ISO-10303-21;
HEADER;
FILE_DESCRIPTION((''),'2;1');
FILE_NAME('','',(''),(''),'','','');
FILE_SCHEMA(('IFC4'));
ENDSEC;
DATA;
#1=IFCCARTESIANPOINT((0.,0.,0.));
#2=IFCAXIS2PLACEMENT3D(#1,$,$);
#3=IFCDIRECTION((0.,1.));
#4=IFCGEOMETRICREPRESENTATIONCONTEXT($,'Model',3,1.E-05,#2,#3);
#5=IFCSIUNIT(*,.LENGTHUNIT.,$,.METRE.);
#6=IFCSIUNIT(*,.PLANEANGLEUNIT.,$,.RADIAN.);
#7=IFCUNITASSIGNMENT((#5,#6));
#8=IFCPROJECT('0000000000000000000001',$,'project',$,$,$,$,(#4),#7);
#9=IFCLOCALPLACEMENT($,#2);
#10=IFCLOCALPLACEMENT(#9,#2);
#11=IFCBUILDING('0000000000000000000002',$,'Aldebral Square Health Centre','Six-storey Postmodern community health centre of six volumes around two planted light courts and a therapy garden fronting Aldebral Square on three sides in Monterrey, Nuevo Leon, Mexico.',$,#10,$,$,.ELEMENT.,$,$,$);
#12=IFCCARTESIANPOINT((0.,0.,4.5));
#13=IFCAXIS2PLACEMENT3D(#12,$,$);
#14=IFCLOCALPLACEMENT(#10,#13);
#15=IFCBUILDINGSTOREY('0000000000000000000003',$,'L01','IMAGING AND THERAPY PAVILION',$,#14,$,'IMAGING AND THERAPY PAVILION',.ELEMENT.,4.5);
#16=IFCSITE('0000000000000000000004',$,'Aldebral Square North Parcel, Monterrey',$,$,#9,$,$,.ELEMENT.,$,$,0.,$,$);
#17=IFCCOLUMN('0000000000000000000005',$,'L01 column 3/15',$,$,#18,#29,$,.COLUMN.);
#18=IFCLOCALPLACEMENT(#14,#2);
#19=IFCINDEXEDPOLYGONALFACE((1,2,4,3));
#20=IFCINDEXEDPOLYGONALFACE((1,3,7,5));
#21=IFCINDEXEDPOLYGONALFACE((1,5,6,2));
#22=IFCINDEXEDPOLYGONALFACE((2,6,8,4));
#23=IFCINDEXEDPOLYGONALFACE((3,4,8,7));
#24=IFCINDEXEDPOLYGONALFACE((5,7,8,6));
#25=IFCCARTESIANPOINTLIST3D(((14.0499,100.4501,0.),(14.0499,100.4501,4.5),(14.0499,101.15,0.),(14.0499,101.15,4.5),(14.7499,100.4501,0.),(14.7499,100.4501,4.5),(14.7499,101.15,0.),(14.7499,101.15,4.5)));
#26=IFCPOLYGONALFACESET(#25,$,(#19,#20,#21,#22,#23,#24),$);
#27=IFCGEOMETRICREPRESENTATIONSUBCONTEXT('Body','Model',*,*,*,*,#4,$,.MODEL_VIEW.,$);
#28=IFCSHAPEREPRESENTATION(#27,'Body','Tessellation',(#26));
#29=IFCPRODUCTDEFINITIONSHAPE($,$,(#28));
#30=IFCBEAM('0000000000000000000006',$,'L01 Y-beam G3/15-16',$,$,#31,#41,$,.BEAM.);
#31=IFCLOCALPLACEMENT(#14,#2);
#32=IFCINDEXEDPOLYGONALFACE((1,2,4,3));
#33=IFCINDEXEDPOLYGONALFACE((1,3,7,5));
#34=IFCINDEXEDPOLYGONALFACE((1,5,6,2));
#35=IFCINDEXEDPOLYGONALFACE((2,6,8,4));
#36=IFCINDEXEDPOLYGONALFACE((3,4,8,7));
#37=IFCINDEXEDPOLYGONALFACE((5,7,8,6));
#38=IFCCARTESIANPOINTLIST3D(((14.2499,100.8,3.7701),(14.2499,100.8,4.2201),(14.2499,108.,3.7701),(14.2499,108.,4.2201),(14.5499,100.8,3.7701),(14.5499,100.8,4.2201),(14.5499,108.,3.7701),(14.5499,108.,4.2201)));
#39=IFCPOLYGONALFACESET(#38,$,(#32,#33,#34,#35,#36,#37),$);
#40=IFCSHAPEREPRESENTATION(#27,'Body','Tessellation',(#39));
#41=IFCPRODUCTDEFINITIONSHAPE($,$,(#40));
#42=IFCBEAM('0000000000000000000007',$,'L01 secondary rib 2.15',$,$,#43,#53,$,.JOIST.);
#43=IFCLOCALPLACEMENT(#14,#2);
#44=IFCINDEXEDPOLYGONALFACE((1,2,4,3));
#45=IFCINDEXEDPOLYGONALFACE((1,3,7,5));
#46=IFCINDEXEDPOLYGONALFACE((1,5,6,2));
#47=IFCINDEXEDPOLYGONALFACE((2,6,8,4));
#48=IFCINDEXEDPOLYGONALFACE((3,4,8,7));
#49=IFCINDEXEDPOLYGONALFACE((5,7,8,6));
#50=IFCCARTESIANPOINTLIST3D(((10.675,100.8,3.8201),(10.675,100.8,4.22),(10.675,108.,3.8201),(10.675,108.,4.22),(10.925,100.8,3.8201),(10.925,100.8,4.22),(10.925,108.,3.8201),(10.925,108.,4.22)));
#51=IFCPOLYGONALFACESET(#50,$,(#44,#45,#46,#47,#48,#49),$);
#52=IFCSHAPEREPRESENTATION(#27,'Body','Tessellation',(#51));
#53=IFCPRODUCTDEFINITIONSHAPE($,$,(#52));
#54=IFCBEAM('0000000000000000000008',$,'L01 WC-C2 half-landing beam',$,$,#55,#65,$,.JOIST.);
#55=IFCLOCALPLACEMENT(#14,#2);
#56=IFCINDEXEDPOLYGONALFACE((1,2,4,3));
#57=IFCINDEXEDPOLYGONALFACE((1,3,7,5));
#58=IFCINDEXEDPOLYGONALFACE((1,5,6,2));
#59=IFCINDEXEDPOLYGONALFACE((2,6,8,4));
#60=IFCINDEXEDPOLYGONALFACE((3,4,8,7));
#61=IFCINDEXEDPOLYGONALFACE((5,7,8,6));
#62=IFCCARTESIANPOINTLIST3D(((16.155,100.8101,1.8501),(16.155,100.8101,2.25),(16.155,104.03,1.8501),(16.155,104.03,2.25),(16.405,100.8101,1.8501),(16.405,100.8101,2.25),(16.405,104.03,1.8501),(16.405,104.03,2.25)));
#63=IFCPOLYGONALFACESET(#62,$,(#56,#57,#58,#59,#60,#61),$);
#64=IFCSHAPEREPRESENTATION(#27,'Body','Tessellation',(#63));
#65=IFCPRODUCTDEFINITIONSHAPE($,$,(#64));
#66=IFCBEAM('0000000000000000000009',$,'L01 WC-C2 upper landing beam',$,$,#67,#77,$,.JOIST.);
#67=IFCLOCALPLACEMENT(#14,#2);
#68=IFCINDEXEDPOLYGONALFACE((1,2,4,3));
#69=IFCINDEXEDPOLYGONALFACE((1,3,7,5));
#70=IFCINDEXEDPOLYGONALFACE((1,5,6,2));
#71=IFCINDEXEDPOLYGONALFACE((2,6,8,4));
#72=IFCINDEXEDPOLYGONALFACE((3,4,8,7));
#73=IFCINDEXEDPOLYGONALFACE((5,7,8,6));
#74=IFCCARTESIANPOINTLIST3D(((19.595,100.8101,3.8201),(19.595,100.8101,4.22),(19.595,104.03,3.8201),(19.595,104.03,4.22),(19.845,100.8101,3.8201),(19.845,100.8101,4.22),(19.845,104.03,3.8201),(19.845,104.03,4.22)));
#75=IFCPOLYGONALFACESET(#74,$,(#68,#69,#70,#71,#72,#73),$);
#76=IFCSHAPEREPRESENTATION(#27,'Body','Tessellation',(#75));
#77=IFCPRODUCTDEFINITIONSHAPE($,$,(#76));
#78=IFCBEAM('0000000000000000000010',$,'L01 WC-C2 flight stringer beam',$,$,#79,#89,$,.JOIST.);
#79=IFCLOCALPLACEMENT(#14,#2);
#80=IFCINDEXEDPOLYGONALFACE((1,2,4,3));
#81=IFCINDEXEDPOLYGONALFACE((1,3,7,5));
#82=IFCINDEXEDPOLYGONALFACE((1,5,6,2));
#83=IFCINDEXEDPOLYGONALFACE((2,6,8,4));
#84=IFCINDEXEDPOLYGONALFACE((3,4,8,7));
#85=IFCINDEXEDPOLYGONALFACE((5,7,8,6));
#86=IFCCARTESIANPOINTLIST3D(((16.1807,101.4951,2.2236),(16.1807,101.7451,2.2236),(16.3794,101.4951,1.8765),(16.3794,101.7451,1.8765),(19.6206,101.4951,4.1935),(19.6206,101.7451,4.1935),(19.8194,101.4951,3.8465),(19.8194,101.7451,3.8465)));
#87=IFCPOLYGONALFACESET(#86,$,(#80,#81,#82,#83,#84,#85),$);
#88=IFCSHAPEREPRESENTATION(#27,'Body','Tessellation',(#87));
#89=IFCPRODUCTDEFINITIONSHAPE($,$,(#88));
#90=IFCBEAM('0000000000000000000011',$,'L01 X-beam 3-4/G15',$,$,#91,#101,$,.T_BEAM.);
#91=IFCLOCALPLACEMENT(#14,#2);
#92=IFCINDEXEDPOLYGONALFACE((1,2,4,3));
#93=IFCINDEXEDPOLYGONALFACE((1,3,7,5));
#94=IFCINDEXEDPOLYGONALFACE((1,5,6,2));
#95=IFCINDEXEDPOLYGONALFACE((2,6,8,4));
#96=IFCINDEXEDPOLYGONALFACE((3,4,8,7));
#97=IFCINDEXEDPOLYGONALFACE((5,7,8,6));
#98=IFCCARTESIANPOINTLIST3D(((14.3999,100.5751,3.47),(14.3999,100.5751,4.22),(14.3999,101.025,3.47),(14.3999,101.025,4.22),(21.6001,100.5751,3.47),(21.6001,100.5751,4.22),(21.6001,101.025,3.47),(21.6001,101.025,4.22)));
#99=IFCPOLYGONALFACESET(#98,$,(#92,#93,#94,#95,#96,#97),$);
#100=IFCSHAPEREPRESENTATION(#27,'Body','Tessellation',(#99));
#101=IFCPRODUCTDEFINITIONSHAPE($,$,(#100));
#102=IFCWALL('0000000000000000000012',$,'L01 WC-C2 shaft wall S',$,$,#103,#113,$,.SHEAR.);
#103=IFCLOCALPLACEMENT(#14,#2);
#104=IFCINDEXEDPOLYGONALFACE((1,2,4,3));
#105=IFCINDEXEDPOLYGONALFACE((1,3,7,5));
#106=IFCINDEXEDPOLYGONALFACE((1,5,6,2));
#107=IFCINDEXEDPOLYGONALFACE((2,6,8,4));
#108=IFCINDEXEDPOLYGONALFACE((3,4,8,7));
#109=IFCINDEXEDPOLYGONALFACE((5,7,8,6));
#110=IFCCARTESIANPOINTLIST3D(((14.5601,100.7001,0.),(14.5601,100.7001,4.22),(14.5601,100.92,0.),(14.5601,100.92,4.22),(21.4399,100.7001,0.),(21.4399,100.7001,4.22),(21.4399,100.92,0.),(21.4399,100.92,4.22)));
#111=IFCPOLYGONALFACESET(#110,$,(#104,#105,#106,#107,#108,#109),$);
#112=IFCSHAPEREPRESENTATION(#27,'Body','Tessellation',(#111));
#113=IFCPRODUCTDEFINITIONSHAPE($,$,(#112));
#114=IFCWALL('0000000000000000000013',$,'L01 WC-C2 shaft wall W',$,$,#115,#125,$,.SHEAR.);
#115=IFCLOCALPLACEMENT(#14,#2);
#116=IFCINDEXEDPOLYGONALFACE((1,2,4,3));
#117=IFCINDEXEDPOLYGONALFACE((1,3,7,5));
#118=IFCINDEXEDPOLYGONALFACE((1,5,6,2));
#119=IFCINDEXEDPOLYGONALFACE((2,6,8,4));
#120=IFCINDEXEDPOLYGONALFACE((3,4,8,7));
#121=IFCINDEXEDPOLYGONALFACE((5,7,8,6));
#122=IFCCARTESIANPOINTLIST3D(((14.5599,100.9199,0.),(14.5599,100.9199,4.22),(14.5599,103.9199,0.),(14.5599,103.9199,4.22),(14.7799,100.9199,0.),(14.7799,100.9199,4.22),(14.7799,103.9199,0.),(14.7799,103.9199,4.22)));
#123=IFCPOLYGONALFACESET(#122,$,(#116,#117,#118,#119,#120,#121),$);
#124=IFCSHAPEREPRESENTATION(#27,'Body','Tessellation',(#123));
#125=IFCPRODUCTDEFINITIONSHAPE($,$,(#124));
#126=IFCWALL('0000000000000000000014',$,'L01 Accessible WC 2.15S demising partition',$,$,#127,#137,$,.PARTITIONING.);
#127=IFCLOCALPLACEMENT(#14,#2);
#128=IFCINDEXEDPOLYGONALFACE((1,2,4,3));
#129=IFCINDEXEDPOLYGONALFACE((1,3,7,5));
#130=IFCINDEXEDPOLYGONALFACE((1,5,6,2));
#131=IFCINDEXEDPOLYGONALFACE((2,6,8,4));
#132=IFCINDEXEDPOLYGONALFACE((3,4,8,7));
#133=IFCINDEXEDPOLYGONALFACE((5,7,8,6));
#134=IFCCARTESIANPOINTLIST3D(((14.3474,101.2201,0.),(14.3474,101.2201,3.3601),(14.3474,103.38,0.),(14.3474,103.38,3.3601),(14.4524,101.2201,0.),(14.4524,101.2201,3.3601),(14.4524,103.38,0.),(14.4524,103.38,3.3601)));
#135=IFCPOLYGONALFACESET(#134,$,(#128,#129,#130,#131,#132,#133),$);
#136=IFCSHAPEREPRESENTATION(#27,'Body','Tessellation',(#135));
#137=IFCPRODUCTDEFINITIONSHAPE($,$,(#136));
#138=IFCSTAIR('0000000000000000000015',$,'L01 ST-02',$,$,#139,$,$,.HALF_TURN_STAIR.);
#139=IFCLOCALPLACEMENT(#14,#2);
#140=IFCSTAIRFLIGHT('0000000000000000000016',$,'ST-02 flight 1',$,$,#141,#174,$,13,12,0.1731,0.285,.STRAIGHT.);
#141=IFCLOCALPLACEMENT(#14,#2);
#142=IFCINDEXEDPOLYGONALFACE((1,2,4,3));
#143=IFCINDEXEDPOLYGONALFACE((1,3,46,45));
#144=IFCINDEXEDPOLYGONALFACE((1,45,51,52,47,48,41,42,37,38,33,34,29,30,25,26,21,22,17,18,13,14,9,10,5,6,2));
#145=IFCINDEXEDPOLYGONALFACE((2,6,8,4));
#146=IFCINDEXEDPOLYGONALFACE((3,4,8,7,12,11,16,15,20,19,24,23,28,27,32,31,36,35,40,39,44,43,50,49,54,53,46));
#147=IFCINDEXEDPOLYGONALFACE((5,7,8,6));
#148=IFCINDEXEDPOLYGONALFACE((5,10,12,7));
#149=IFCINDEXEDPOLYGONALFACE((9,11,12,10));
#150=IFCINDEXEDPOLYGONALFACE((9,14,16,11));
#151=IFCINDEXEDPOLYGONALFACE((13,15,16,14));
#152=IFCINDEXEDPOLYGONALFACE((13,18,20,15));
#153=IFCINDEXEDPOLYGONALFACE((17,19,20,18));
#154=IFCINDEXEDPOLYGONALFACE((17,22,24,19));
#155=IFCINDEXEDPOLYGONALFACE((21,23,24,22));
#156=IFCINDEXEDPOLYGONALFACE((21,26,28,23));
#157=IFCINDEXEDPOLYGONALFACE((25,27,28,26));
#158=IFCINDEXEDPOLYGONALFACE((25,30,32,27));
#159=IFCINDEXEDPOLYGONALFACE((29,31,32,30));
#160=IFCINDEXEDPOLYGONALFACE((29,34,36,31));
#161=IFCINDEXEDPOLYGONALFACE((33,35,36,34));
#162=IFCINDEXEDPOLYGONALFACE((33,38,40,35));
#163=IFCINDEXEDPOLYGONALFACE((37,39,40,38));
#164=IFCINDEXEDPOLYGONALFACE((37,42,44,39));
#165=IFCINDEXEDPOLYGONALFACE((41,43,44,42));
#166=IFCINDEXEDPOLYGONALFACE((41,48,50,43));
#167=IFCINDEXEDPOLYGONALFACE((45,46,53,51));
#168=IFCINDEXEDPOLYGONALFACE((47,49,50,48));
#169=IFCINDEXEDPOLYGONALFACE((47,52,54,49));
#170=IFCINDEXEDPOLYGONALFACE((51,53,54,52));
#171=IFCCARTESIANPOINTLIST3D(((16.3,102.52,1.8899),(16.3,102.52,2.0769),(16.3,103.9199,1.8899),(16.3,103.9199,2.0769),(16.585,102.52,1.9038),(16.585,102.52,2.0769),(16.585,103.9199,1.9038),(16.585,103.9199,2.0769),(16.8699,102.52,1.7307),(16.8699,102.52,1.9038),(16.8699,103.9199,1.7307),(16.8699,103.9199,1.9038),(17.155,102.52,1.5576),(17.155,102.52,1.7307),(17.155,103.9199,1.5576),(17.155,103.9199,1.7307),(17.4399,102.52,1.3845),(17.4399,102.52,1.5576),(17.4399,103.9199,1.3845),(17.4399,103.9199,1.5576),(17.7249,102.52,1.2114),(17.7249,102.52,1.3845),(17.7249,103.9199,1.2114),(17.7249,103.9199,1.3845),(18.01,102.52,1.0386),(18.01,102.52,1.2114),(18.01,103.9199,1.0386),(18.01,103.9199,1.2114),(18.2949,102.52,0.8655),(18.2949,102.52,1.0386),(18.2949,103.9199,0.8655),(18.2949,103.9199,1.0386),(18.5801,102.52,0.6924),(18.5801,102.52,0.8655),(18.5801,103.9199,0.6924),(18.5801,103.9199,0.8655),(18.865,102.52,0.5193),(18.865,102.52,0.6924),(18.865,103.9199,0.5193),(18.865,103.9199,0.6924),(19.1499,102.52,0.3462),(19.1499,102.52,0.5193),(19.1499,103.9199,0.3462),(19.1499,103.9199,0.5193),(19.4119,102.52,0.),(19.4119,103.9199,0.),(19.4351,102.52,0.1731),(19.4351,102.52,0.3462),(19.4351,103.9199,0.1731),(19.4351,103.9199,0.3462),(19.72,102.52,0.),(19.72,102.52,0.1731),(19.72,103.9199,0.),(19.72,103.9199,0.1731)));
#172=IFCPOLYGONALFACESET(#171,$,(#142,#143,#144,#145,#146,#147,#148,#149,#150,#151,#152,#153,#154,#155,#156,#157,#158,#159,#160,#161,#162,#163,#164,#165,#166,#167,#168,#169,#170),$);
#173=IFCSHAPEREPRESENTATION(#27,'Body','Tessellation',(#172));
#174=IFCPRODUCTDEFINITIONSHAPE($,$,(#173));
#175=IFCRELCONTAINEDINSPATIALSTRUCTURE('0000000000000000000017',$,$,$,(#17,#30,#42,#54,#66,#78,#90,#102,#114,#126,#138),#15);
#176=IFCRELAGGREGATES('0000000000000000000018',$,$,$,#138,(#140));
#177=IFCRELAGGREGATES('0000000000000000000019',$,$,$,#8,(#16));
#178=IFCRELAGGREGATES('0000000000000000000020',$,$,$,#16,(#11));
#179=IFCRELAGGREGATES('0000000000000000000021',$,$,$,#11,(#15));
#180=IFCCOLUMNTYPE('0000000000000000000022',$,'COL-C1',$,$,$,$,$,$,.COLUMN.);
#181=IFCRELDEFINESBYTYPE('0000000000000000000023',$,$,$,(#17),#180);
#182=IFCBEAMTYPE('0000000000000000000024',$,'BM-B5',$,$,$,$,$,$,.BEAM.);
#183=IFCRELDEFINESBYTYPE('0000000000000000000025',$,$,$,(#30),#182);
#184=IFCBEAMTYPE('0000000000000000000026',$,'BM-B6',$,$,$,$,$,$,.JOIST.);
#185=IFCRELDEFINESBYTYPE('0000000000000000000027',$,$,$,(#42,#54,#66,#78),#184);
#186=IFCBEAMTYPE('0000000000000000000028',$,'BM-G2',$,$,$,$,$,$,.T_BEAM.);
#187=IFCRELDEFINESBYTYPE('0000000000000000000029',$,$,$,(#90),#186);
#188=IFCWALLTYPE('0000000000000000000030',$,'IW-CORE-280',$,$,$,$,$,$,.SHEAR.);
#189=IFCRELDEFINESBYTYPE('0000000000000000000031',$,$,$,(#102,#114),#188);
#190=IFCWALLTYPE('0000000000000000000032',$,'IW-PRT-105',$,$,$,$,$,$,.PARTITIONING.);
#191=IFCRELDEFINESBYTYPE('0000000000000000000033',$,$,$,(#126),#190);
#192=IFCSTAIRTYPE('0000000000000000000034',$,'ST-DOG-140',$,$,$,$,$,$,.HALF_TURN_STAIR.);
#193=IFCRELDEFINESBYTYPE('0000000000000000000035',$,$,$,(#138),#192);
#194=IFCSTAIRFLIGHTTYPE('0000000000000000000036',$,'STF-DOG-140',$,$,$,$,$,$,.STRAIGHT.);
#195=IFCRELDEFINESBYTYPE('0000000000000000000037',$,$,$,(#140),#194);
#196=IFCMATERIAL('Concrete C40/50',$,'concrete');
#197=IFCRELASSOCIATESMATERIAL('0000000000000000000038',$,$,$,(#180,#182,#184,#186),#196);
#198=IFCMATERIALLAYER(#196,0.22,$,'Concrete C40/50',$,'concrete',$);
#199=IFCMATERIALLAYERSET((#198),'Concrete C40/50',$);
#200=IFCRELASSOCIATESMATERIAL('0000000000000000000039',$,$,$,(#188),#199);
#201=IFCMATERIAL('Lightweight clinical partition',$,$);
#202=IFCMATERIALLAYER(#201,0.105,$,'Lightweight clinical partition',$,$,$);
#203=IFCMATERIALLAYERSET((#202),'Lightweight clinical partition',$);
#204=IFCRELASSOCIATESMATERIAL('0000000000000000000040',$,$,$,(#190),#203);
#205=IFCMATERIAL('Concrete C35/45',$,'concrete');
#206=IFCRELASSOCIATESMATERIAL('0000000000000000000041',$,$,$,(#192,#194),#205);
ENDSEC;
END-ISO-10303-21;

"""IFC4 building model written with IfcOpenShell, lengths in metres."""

from ifc_helpers import new_model, si_unit, direction, frame, frame_2d, origin, origin_2d, place, context, subcontext, project, spatial, polyline, rectangle, outline, extrude, material, layer, layer_set, material_profile, profile_set, type_object, element, aggregate, save


model = new_model("IFC4")

# Units and contexts
model_context = context("Model", 3, precision=1e-05, world=origin(), true_north=direction((0.0, 1.0)))
body_context = subcontext(model_context, "Body", "Model", "MODEL_VIEW")
ifc_project = project(units=[si_unit("LENGTHUNIT", "METRE"), si_unit("PLANEANGLEUNIT", "RADIAN")], contexts=[model_context])

# Site, building, storey
site_placement = place(None, origin())
site = spatial("IfcSite", under=ifc_project, at=site_placement, Name="Aldebral Square North Parcel, Monterrey", CompositionType="ELEMENT", RefElevation=0.0)
building_placement = place(site_placement, origin())
building = spatial("IfcBuilding", under=site, at=building_placement, Name="Aldebral Square Health Centre", Description="Six-storey Postmodern community health centre of six volumes around two planted light courts and a therapy garden fronting Aldebral Square on three sides in Monterrey, Nuevo Leon, Mexico.", CompositionType="ELEMENT")
storey_placement = place(building_placement, frame((0.0, 0.0, 4.5)))
storey = spatial("IfcBuildingStorey", under=building, at=storey_placement, Name="L01", Description="IMAGING AND THERAPY PAVILION", LongName="IMAGING AND THERAPY PAVILION", CompositionType="ELEMENT", Elevation=4.5)

# Column
ifc_material_1 = material(Name="Concrete C40/50", Category="concrete")
ifc_material_profile_1 = material_profile(ifc_material_1, rectangle(XDim=0.7, YDim=0.7, at=origin_2d()), Name="RC 700x700")
ifc_profile_set_1 = profile_set([ifc_material_profile_1], Name="Concrete C40/50")
column_type = type_object("IfcColumnType", Name="COL-C1", PredefinedType="COLUMN", material=ifc_profile_set_1)
column_placement = place(storey_placement, frame((14.3999, 100.8, 0.0), z_axis=(0.0, 0.0, 1.0), x_axis=(1.0, 0.0, 0.0)))
element("IfcColumn", 1, at=column_placement, inside=storey, type_object=column_type, Name="L01 column 3/15", PredefinedType="COLUMN", context=body_context, shape_type="SweptSolid", body=[
    extrude(rectangle(XDim=0.7, YDim=0.7, at=origin_2d()), origin(), (0.0, 0.0, 1.0), 4.5),
])

# Beams
ifc_material_profile_2 = material_profile(ifc_material_1, rectangle(XDim=0.3, YDim=0.45, at=origin_2d()), Name="RC 300x450")
ifc_profile_set_2 = profile_set([ifc_material_profile_2], Name="Concrete C40/50")
beam_type_1 = type_object("IfcBeamType", Name="BM-B5", PredefinedType="BEAM", material=ifc_profile_set_2)
beam_1_placement = place(storey_placement, frame((14.3999, 100.8, 3.9951), z_axis=(0.0, 1.0, 0.0), x_axis=(-1.0, 0.0, 0.0)))
element("IfcBeam", 2, at=beam_1_placement, inside=storey, type_object=beam_type_1, Name="L01 Y-beam G3/15-16", PredefinedType="BEAM", context=body_context, shape_type="SweptSolid", body=[
    extrude(rectangle(XDim=0.3, YDim=0.45, at=origin_2d()), origin(), (0.0, 0.0, 1.0), 7.2),
])
ifc_material_profile_3 = material_profile(ifc_material_1, rectangle(XDim=0.25, YDim=0.3999, at=origin_2d()), Name="RC 250x400")
ifc_profile_set_3 = profile_set([ifc_material_profile_3], Name="Concrete C40/50")
beam_type_2 = type_object("IfcBeamType", Name="BM-B6", PredefinedType="JOIST", material=ifc_profile_set_3)
beam_2_placement = place(storey_placement, frame((10.8, 100.8, 4.02), z_axis=(0.0, 1.0, 0.0), x_axis=(-1.0, 0.0, 0.0)))
element("IfcBeam", 3, at=beam_2_placement, inside=storey, type_object=beam_type_2, Name="L01 secondary rib 2.15", PredefinedType="JOIST", context=body_context, shape_type="SweptSolid", body=[
    extrude(rectangle(XDim=0.25, YDim=0.3999, at=origin_2d()), origin(), (0.0, 0.0, 1.0), 7.2),
])
for number, where, z_axis, x_axis, name in (
    (4, (16.28, 100.8101, 2.05), (0.0, 1.0, 0.0), (-1.0, 0.0, 0.0), "L01 WC-C2 half-landing beam"),
    (5, (19.72, 100.8101, 4.02), (0.0, 1.0, 0.0), (-1.0, 0.0, 0.0), "L01 WC-C2 upper landing beam"),
):
    element("IfcBeam", number, at=place(storey_placement, frame(where, z_axis=z_axis, x_axis=x_axis)), inside=storey, type_object=beam_type_2, Name=name, PredefinedType="JOIST", context=body_context, shape_type="SweptSolid", body=[
        extrude(rectangle(XDim=0.25, YDim=0.3999, at=origin_2d()), origin(), (0.0, 0.0, 1.0), 3.22),
    ])
beam_3_placement = place(storey_placement, frame((16.28, 101.6201, 2.05), z_axis=(0.867777, 0.0, 0.496955), x_axis=(0.0, 1.0, 0.0)))
element("IfcBeam", 6, at=beam_3_placement, inside=storey, type_object=beam_type_2, Name="L01 WC-C2 flight stringer beam", PredefinedType="JOIST", context=body_context, shape_type="SweptSolid", body=[
    extrude(rectangle(XDim=0.25, YDim=0.3999, at=origin_2d()), origin(), (0.0, 0.0, 1.0), 3.9641),
])
ifc_material_profile_4 = material_profile(ifc_material_1, rectangle(XDim=0.45, YDim=0.75, at=origin_2d()), Name="RC 450x750")
ifc_profile_set_4 = profile_set([ifc_material_profile_4], Name="Concrete C40/50")
beam_type_3 = type_object("IfcBeamType", Name="BM-G2", PredefinedType="T_BEAM", material=ifc_profile_set_4)
beam_4_placement = place(storey_placement, frame((14.3999, 100.8, 3.845), z_axis=(1.0, 0.0, 0.0), x_axis=(0.0, 1.0, 0.0)))
element("IfcBeam", 7, at=beam_4_placement, inside=storey, type_object=beam_type_3, Name="L01 X-beam 3-4/G15", PredefinedType="T_BEAM", context=body_context, shape_type="SweptSolid", body=[
    extrude(rectangle(XDim=0.45, YDim=0.75, at=origin_2d()), origin(), (0.0, 0.0, 1.0), 7.2002),
])

# Walls
ifc_layer_1 = layer(ifc_material_1, 0.22, Name="Concrete C40/50", Category="concrete")
ifc_layer_set_1 = layer_set([ifc_layer_1], Name="Concrete C40/50")
wall_type_1 = type_object("IfcWallType", Name="IW-CORE-280", PredefinedType="SHEAR", material=ifc_layer_set_1)
wall_1_placement = place(storey_placement, frame((14.5601, 100.8101, 0.0), z_axis=(0.0, 0.0, 1.0), x_axis=(1.0, 0.0, 0.0)))
element("IfcWall", 8, at=wall_1_placement, inside=storey, type_object=wall_type_1, Name="L01 WC-C2 shaft wall S", PredefinedType="SHEAR", context=body_context, shape_type="SweptSolid", body=[
    extrude(rectangle(XDim=6.8799, YDim=0.22, at=frame_2d((3.4399, 0.0))), origin(), (0.0, 0.0, 1.0), 4.22),
])
wall_2_placement = place(storey_placement, frame((14.6699, 100.9199, 0.0), z_axis=(0.0, 0.0, 1.0), x_axis=(0.0, 1.0, 0.0)))
element("IfcWall", 9, at=wall_2_placement, inside=storey, type_object=wall_type_1, Name="L01 WC-C2 shaft wall W", PredefinedType="SHEAR", context=body_context, shape_type="SweptSolid", body=[
    extrude(rectangle(XDim=3.0, YDim=0.22, at=frame_2d((1.5, 0.0))), origin(), (0.0, 0.0, 1.0), 4.22),
])
ifc_material_2 = material(Name="Lightweight clinical partition")
ifc_layer_2 = layer(ifc_material_2, 0.105, Name="Lightweight clinical partition")
ifc_layer_set_2 = layer_set([ifc_layer_2], Name="Lightweight clinical partition")
wall_type_2 = type_object("IfcWallType", Name="IW-PRT-105", PredefinedType="PARTITIONING", material=ifc_layer_set_2)
wall_3_placement = place(storey_placement, frame((14.3999, 101.22, 0.0), z_axis=(0.0, 0.0, 1.0), x_axis=(0.0, 1.0, 0.0)))
element("IfcWall", 10, at=wall_3_placement, inside=storey, type_object=wall_type_2, Name="L01 Accessible WC 2.15S demising partition", PredefinedType="PARTITIONING", context=body_context, shape_type="SweptSolid", body=[
    extrude(rectangle(XDim=2.1599, YDim=0.105, at=frame_2d((1.0801, 0.0))), origin(), (0.0, 0.0, 1.0), 3.3601),
])

# Stair, stair flight
ifc_material_3 = material(Name="Concrete C35/45", Category="concrete")
stair_type = type_object("IfcStairType", Name="ST-DOG-140", PredefinedType="HALF_TURN_STAIR", material=ifc_material_3)
stair_placement = place(storey_placement, origin())
stair = element("IfcStair", 11, at=stair_placement, inside=storey, type_object=stair_type, Name="L01 ST-02", PredefinedType="HALF_TURN_STAIR")
stair_flight_type = type_object("IfcStairFlightType", Name="STF-DOG-140", PredefinedType="STRAIGHT", material=ifc_material_3)
stair_flight_1_placement = place(storey_placement, frame((19.72, 103.22, 0.0), z_axis=(0.0, 0.0, 1.0), x_axis=(-1.0, 0.0, 0.0)))
stair_flight_1 = element("IfcStairFlight", 12, at=stair_flight_1_placement, type_object=stair_flight_type, Name="ST-02 flight 1", NumberOfRisers=13, NumberOfTreads=12, PredefinedType="STRAIGHT", RiserHeight=0.1731, TreadLength=0.285, context=body_context, shape_type="SweptSolid", body=[
    extrude(outline(polyline([(0.0, 0.0), (0.0, 0.1731), (0.2849, 0.1731), (0.2849, 0.3462), (0.5701, 0.3462), (0.5701, 0.5193), (0.855, 0.5193), (0.855, 0.6924), (1.1399, 0.6924), (1.1399, 0.8655), (1.425, 0.8655), (1.425, 1.0386), (1.71, 1.0386), (1.71, 1.2114), (1.9951, 1.2114), (1.9951, 1.3845), (2.28, 1.3845), (2.28, 1.5576), (2.5649, 1.5576), (2.5649, 1.7307), (2.8501, 1.7307), (2.8501, 1.9038), (3.135, 1.9038), (3.135, 2.0769), (3.4199, 2.0769), (3.4199, 2.25), (3.4199, 1.8899), (0.3081, 0.0), (0.0, 0.0)])), frame((0.0, 0.7, 0.0), z_axis=(0.0, -1.0, 0.0), x_axis=(1.0, 0.0, 0.0)), (0.0, 0.0, 1.0), 1.3999),
])
aggregate(stair, [stair_flight_1])

save(model, "model.ifc")
